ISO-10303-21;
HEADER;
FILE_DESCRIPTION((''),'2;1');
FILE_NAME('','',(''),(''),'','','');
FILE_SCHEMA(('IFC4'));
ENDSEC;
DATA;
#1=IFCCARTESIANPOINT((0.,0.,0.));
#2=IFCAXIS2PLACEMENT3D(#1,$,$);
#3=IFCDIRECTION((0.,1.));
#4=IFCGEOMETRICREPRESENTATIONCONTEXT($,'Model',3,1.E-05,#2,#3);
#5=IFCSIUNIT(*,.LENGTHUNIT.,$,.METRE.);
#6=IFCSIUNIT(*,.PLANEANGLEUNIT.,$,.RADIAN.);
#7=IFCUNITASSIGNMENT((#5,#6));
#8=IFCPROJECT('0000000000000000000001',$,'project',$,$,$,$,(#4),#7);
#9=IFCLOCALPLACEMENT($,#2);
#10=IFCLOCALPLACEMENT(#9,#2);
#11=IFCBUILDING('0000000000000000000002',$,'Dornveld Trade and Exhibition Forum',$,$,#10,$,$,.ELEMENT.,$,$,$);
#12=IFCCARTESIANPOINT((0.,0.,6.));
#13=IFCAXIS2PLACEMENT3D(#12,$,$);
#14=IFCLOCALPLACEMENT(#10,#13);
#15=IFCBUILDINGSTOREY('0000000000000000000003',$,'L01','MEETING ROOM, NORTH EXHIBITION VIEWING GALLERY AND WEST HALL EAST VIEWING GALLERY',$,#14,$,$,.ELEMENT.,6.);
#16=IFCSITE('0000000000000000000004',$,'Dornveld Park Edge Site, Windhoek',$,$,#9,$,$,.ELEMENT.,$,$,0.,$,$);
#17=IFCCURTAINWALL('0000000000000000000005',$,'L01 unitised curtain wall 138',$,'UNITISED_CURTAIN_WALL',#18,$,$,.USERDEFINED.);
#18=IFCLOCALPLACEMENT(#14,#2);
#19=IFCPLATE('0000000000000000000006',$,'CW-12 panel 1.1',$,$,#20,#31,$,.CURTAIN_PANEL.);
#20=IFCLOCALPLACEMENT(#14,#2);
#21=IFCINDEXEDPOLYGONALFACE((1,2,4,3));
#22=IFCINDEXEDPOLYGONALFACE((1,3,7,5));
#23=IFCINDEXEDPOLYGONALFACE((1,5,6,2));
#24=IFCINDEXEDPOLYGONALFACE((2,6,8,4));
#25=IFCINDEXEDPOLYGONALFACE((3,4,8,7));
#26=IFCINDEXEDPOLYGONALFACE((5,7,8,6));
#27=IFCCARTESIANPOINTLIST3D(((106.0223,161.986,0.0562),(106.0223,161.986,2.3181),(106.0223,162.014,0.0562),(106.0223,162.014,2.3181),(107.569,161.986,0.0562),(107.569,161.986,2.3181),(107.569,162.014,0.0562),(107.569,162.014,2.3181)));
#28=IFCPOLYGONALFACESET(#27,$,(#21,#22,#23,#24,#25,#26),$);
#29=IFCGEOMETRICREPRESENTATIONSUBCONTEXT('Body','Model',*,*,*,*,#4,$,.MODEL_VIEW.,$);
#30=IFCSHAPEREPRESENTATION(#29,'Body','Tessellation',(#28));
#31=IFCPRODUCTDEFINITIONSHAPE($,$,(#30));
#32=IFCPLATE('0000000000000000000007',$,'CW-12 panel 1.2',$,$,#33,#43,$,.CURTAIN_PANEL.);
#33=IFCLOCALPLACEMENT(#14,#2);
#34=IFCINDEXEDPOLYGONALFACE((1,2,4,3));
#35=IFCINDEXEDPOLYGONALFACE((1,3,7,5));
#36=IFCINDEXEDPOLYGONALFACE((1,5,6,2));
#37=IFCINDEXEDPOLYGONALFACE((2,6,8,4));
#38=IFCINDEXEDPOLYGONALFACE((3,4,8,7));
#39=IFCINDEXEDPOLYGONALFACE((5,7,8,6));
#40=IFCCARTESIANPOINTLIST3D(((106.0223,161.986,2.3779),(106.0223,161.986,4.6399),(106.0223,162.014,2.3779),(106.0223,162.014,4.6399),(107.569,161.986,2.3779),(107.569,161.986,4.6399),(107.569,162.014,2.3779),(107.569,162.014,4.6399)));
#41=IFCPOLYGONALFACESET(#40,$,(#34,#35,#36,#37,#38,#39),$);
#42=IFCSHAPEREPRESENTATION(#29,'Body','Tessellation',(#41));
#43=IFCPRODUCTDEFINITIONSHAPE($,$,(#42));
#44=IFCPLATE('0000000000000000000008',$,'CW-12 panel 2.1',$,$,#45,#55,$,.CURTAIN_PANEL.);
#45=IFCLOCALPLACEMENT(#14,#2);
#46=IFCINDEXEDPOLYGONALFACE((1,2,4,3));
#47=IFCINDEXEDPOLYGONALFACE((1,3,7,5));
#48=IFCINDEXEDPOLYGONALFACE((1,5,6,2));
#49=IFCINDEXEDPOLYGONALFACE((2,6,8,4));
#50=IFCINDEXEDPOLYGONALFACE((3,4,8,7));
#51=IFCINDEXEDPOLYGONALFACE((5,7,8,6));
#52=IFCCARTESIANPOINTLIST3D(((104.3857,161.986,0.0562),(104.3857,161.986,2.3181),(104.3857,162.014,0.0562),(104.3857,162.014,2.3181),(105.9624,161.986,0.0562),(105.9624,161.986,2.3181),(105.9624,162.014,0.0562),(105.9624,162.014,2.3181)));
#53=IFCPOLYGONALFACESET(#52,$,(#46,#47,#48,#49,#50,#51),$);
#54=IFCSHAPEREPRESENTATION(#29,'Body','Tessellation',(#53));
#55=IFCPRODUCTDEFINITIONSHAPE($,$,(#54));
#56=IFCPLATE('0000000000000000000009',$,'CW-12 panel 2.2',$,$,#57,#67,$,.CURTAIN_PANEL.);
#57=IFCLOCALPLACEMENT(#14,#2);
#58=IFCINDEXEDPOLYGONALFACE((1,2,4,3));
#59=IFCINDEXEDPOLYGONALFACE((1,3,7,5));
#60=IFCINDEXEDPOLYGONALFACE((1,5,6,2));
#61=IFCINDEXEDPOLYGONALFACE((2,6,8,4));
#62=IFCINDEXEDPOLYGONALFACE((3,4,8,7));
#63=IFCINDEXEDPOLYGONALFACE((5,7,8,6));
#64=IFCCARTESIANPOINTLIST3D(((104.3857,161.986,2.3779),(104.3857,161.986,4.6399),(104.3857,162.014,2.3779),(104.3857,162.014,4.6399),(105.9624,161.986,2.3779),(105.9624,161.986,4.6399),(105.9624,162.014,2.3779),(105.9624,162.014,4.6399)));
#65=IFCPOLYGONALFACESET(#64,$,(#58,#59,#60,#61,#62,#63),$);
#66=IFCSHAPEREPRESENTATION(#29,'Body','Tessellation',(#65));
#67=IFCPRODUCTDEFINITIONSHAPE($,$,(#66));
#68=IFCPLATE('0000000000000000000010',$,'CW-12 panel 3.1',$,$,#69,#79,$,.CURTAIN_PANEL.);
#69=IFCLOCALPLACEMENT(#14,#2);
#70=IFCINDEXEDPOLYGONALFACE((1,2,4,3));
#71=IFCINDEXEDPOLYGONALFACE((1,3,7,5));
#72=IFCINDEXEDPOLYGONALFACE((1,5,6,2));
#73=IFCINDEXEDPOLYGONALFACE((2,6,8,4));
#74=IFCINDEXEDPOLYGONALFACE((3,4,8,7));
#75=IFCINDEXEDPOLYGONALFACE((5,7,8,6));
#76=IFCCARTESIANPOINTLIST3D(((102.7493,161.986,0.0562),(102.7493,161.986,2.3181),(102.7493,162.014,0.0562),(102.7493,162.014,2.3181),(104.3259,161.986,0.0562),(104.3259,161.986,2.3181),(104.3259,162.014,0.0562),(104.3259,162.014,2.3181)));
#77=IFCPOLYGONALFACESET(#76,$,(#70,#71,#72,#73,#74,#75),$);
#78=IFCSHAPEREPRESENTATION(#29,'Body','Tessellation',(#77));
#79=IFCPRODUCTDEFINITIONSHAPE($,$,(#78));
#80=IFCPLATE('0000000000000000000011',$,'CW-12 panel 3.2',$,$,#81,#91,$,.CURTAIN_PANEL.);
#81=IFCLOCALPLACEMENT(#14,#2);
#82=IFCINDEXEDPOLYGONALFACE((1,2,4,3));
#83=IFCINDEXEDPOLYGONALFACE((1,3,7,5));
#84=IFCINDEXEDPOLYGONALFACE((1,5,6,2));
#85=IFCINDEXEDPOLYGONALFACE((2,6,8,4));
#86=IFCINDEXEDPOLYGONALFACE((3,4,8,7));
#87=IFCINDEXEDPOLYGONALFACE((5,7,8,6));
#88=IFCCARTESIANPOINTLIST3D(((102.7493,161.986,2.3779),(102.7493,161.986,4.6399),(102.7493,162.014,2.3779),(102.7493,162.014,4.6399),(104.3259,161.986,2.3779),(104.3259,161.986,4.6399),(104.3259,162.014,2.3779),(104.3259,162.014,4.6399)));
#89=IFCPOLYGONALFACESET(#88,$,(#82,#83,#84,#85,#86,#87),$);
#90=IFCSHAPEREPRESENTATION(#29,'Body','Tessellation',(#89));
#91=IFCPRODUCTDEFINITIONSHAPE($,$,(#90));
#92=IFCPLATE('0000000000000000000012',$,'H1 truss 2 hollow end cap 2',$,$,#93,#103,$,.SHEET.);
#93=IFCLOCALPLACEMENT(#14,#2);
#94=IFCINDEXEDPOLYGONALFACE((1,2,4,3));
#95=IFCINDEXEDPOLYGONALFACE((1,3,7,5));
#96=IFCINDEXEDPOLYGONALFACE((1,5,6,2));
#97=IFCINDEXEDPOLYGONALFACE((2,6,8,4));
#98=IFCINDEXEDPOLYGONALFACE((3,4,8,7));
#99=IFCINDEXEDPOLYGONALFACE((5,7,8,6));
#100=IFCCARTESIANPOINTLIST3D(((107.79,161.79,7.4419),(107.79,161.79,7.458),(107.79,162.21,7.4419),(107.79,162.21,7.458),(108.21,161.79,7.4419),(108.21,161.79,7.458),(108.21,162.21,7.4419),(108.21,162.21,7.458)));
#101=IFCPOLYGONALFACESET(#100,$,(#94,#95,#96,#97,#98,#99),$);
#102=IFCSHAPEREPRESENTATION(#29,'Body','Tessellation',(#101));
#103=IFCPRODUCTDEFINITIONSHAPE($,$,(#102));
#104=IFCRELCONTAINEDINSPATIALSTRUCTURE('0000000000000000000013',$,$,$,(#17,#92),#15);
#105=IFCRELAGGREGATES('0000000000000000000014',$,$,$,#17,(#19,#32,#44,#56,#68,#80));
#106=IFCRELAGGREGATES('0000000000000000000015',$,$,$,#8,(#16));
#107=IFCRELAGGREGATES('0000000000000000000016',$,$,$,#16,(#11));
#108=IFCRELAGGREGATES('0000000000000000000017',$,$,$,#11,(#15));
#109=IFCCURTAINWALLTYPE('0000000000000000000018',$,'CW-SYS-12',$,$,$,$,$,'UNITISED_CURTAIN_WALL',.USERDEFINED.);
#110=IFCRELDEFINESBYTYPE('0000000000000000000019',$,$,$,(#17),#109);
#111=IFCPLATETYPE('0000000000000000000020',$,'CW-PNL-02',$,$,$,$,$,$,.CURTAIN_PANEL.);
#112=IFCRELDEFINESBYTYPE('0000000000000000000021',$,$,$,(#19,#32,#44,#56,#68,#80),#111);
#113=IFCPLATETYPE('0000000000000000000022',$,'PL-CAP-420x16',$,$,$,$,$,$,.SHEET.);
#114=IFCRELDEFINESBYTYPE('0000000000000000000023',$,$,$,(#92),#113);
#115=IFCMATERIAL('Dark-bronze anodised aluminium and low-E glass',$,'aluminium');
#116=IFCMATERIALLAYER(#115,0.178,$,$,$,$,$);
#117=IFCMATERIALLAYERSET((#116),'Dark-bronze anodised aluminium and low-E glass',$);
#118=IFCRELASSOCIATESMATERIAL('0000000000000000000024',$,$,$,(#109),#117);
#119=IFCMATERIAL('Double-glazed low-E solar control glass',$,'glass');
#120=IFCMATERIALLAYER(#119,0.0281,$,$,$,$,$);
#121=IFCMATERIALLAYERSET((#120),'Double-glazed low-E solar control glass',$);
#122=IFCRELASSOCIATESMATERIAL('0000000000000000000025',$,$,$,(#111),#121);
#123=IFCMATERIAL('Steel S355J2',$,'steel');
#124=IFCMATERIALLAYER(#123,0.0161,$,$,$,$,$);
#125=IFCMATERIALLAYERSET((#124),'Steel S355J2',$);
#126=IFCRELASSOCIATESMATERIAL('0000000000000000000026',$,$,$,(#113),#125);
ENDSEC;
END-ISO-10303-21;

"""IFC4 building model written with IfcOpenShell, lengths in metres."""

from ifc_helpers import new_model, si_unit, direction, frame, origin, origin_2d, place, context, subcontext, project, spatial, rectangle, extrude, material, layer, layer_set, type_object, element, aggregate, save


model = new_model("IFC4")

# Units and contexts
model_context = context("Model", 3, precision=1e-05, world=origin(), true_north=direction((0.0, 1.0)))
body_context = subcontext(model_context, "Body", "Model", "MODEL_VIEW")
ifc_project = project(units=[si_unit("LENGTHUNIT", "METRE"), si_unit("PLANEANGLEUNIT", "RADIAN")], contexts=[model_context])

# Site, building, storey
site_placement = place(None, origin())
site = spatial("IfcSite", under=ifc_project, at=site_placement, Name="Dornveld Park Edge Site, Windhoek", CompositionType="ELEMENT", RefElevation=0.0)
building_placement = place(site_placement, origin())
building = spatial("IfcBuilding", under=site, at=building_placement, Name="Dornveld Trade and Exhibition Forum", CompositionType="ELEMENT")
storey_placement = place(building_placement, frame((0.0, 0.0, 6.0)))
storey = spatial("IfcBuildingStorey", under=building, at=storey_placement, Name="L01", Description="MEETING ROOM, NORTH EXHIBITION VIEWING GALLERY AND WEST HALL EAST VIEWING GALLERY", CompositionType="ELEMENT", Elevation=6.0)

# Curtain wall
ifc_material_1 = material(Name="Dark-bronze anodised aluminium and low-E glass", Category="aluminium")
ifc_layer_1 = layer(ifc_material_1, 0.178)
ifc_layer_set_1 = layer_set([ifc_layer_1], Name="Dark-bronze anodised aluminium and low-E glass")
curtain_wall_type_1 = type_object("IfcCurtainWallType", Name="CW-SYS-12", ElementType="UNITISED_CURTAIN_WALL", PredefinedType="USERDEFINED", material=ifc_layer_set_1)
curtain_wall_1_placement = place(storey_placement, origin())
curtain_wall_1 = element("IfcCurtainWall", 1, at=curtain_wall_1_placement, inside=storey, type_object=curtain_wall_type_1, Name="L01 unitised curtain wall 138", ObjectType="UNITISED_CURTAIN_WALL", PredefinedType="USERDEFINED")

# Plates
ifc_material_2 = material(Name="Double-glazed low-E solar control glass", Category="glass")
ifc_layer_2 = layer(ifc_material_2, 0.0281)
ifc_layer_set_2 = layer_set([ifc_layer_2], Name="Double-glazed low-E solar control glass")
plate_type_1 = type_object("IfcPlateType", Name="CW-PNL-02", PredefinedType="CURTAIN_PANEL", material=ifc_layer_set_2)
plate_1_placement = place(storey_placement, frame((106.7957, 162.0, 0.0562), z_axis=(0.0, 0.0, 1.0), x_axis=(-1.0, 0.0, 0.0)))
plate_1 = element("IfcPlate", 2, at=plate_1_placement, type_object=plate_type_1, Name="CW-12 panel 1.1", PredefinedType="CURTAIN_PANEL", context=body_context, shape_type="SweptSolid", body=[
    extrude(rectangle(XDim=1.5466, YDim=0.0281, at=origin_2d()), origin(), (0.0, 0.0, 1.0), 2.262),
])
plate_2_placement = place(storey_placement, frame((106.7957, 162.0, 2.3779), z_axis=(0.0, 0.0, 1.0), x_axis=(-1.0, 0.0, 0.0)))
plate_2 = element("IfcPlate", 3, at=plate_2_placement, type_object=plate_type_1, Name="CW-12 panel 1.2", PredefinedType="CURTAIN_PANEL", context=body_context, shape_type="SweptSolid", body=[
    extrude(rectangle(XDim=1.5466, YDim=0.0281, at=origin_2d()), origin(), (0.0, 0.0, 1.0), 2.262),
])
plate_3_placement = place(storey_placement, frame((105.1741, 162.0, 0.0562), z_axis=(0.0, 0.0, 1.0), x_axis=(-1.0, 0.0, 0.0)))
plate_3 = element("IfcPlate", 4, at=plate_3_placement, type_object=plate_type_1, Name="CW-12 panel 2.1", PredefinedType="CURTAIN_PANEL", context=body_context, shape_type="SweptSolid", body=[
    extrude(rectangle(XDim=1.5767, YDim=0.0281, at=origin_2d()), origin(), (0.0, 0.0, 1.0), 2.262),
])
plate_4_placement = place(storey_placement, frame((105.1741, 162.0, 2.3779), z_axis=(0.0, 0.0, 1.0), x_axis=(-1.0, 0.0, 0.0)))
plate_4 = element("IfcPlate", 5, at=plate_4_placement, type_object=plate_type_1, Name="CW-12 panel 2.2", PredefinedType="CURTAIN_PANEL", context=body_context, shape_type="SweptSolid", body=[
    extrude(rectangle(XDim=1.5767, YDim=0.0281, at=origin_2d()), origin(), (0.0, 0.0, 1.0), 2.262),
])
plate_5_placement = place(storey_placement, frame((103.5376, 162.0, 0.0562), z_axis=(0.0, 0.0, 1.0), x_axis=(-1.0, 0.0, 0.0)))
plate_5 = element("IfcPlate", 6, at=plate_5_placement, type_object=plate_type_1, Name="CW-12 panel 3.1", PredefinedType="CURTAIN_PANEL", context=body_context, shape_type="SweptSolid", body=[
    extrude(rectangle(XDim=1.5767, YDim=0.0281, at=origin_2d()), origin(), (0.0, 0.0, 1.0), 2.262),
])
plate_6_placement = place(storey_placement, frame((103.5376, 162.0, 2.3779), z_axis=(0.0, 0.0, 1.0), x_axis=(-1.0, 0.0, 0.0)))
plate_6 = element("IfcPlate", 7, at=plate_6_placement, type_object=plate_type_1, Name="CW-12 panel 3.2", PredefinedType="CURTAIN_PANEL", context=body_context, shape_type="SweptSolid", body=[
    extrude(rectangle(XDim=1.5767, YDim=0.0281, at=origin_2d()), origin(), (0.0, 0.0, 1.0), 2.262),
])
aggregate(curtain_wall_1, [plate_1, plate_2, plate_3, plate_4, plate_5, plate_6])
ifc_material_3 = material(Name="Steel S355J2", Category="steel")
ifc_layer_3 = layer(ifc_material_3, 0.0161)
ifc_layer_set_3 = layer_set([ifc_layer_3], Name="Steel S355J2")
plate_type_2 = type_object("IfcPlateType", Name="PL-CAP-420x16", PredefinedType="SHEET", material=ifc_layer_set_3)
plate_7_placement = place(storey_placement, frame((108.0, 162.0, 7.4419), z_axis=(0.0, 0.0, 1.0), x_axis=(1.0, 0.0, 0.0)))
element("IfcPlate", 8, at=plate_7_placement, inside=storey, type_object=plate_type_2, Name="H1 truss 2 hollow end cap 2", PredefinedType="SHEET", context=body_context, shape_type="SweptSolid", body=[
    extrude(rectangle(XDim=0.4199, YDim=0.4199, at=origin_2d()), origin(), (0.0, 0.0, 1.0), 0.0161),
])

save(model, "model.ifc")
